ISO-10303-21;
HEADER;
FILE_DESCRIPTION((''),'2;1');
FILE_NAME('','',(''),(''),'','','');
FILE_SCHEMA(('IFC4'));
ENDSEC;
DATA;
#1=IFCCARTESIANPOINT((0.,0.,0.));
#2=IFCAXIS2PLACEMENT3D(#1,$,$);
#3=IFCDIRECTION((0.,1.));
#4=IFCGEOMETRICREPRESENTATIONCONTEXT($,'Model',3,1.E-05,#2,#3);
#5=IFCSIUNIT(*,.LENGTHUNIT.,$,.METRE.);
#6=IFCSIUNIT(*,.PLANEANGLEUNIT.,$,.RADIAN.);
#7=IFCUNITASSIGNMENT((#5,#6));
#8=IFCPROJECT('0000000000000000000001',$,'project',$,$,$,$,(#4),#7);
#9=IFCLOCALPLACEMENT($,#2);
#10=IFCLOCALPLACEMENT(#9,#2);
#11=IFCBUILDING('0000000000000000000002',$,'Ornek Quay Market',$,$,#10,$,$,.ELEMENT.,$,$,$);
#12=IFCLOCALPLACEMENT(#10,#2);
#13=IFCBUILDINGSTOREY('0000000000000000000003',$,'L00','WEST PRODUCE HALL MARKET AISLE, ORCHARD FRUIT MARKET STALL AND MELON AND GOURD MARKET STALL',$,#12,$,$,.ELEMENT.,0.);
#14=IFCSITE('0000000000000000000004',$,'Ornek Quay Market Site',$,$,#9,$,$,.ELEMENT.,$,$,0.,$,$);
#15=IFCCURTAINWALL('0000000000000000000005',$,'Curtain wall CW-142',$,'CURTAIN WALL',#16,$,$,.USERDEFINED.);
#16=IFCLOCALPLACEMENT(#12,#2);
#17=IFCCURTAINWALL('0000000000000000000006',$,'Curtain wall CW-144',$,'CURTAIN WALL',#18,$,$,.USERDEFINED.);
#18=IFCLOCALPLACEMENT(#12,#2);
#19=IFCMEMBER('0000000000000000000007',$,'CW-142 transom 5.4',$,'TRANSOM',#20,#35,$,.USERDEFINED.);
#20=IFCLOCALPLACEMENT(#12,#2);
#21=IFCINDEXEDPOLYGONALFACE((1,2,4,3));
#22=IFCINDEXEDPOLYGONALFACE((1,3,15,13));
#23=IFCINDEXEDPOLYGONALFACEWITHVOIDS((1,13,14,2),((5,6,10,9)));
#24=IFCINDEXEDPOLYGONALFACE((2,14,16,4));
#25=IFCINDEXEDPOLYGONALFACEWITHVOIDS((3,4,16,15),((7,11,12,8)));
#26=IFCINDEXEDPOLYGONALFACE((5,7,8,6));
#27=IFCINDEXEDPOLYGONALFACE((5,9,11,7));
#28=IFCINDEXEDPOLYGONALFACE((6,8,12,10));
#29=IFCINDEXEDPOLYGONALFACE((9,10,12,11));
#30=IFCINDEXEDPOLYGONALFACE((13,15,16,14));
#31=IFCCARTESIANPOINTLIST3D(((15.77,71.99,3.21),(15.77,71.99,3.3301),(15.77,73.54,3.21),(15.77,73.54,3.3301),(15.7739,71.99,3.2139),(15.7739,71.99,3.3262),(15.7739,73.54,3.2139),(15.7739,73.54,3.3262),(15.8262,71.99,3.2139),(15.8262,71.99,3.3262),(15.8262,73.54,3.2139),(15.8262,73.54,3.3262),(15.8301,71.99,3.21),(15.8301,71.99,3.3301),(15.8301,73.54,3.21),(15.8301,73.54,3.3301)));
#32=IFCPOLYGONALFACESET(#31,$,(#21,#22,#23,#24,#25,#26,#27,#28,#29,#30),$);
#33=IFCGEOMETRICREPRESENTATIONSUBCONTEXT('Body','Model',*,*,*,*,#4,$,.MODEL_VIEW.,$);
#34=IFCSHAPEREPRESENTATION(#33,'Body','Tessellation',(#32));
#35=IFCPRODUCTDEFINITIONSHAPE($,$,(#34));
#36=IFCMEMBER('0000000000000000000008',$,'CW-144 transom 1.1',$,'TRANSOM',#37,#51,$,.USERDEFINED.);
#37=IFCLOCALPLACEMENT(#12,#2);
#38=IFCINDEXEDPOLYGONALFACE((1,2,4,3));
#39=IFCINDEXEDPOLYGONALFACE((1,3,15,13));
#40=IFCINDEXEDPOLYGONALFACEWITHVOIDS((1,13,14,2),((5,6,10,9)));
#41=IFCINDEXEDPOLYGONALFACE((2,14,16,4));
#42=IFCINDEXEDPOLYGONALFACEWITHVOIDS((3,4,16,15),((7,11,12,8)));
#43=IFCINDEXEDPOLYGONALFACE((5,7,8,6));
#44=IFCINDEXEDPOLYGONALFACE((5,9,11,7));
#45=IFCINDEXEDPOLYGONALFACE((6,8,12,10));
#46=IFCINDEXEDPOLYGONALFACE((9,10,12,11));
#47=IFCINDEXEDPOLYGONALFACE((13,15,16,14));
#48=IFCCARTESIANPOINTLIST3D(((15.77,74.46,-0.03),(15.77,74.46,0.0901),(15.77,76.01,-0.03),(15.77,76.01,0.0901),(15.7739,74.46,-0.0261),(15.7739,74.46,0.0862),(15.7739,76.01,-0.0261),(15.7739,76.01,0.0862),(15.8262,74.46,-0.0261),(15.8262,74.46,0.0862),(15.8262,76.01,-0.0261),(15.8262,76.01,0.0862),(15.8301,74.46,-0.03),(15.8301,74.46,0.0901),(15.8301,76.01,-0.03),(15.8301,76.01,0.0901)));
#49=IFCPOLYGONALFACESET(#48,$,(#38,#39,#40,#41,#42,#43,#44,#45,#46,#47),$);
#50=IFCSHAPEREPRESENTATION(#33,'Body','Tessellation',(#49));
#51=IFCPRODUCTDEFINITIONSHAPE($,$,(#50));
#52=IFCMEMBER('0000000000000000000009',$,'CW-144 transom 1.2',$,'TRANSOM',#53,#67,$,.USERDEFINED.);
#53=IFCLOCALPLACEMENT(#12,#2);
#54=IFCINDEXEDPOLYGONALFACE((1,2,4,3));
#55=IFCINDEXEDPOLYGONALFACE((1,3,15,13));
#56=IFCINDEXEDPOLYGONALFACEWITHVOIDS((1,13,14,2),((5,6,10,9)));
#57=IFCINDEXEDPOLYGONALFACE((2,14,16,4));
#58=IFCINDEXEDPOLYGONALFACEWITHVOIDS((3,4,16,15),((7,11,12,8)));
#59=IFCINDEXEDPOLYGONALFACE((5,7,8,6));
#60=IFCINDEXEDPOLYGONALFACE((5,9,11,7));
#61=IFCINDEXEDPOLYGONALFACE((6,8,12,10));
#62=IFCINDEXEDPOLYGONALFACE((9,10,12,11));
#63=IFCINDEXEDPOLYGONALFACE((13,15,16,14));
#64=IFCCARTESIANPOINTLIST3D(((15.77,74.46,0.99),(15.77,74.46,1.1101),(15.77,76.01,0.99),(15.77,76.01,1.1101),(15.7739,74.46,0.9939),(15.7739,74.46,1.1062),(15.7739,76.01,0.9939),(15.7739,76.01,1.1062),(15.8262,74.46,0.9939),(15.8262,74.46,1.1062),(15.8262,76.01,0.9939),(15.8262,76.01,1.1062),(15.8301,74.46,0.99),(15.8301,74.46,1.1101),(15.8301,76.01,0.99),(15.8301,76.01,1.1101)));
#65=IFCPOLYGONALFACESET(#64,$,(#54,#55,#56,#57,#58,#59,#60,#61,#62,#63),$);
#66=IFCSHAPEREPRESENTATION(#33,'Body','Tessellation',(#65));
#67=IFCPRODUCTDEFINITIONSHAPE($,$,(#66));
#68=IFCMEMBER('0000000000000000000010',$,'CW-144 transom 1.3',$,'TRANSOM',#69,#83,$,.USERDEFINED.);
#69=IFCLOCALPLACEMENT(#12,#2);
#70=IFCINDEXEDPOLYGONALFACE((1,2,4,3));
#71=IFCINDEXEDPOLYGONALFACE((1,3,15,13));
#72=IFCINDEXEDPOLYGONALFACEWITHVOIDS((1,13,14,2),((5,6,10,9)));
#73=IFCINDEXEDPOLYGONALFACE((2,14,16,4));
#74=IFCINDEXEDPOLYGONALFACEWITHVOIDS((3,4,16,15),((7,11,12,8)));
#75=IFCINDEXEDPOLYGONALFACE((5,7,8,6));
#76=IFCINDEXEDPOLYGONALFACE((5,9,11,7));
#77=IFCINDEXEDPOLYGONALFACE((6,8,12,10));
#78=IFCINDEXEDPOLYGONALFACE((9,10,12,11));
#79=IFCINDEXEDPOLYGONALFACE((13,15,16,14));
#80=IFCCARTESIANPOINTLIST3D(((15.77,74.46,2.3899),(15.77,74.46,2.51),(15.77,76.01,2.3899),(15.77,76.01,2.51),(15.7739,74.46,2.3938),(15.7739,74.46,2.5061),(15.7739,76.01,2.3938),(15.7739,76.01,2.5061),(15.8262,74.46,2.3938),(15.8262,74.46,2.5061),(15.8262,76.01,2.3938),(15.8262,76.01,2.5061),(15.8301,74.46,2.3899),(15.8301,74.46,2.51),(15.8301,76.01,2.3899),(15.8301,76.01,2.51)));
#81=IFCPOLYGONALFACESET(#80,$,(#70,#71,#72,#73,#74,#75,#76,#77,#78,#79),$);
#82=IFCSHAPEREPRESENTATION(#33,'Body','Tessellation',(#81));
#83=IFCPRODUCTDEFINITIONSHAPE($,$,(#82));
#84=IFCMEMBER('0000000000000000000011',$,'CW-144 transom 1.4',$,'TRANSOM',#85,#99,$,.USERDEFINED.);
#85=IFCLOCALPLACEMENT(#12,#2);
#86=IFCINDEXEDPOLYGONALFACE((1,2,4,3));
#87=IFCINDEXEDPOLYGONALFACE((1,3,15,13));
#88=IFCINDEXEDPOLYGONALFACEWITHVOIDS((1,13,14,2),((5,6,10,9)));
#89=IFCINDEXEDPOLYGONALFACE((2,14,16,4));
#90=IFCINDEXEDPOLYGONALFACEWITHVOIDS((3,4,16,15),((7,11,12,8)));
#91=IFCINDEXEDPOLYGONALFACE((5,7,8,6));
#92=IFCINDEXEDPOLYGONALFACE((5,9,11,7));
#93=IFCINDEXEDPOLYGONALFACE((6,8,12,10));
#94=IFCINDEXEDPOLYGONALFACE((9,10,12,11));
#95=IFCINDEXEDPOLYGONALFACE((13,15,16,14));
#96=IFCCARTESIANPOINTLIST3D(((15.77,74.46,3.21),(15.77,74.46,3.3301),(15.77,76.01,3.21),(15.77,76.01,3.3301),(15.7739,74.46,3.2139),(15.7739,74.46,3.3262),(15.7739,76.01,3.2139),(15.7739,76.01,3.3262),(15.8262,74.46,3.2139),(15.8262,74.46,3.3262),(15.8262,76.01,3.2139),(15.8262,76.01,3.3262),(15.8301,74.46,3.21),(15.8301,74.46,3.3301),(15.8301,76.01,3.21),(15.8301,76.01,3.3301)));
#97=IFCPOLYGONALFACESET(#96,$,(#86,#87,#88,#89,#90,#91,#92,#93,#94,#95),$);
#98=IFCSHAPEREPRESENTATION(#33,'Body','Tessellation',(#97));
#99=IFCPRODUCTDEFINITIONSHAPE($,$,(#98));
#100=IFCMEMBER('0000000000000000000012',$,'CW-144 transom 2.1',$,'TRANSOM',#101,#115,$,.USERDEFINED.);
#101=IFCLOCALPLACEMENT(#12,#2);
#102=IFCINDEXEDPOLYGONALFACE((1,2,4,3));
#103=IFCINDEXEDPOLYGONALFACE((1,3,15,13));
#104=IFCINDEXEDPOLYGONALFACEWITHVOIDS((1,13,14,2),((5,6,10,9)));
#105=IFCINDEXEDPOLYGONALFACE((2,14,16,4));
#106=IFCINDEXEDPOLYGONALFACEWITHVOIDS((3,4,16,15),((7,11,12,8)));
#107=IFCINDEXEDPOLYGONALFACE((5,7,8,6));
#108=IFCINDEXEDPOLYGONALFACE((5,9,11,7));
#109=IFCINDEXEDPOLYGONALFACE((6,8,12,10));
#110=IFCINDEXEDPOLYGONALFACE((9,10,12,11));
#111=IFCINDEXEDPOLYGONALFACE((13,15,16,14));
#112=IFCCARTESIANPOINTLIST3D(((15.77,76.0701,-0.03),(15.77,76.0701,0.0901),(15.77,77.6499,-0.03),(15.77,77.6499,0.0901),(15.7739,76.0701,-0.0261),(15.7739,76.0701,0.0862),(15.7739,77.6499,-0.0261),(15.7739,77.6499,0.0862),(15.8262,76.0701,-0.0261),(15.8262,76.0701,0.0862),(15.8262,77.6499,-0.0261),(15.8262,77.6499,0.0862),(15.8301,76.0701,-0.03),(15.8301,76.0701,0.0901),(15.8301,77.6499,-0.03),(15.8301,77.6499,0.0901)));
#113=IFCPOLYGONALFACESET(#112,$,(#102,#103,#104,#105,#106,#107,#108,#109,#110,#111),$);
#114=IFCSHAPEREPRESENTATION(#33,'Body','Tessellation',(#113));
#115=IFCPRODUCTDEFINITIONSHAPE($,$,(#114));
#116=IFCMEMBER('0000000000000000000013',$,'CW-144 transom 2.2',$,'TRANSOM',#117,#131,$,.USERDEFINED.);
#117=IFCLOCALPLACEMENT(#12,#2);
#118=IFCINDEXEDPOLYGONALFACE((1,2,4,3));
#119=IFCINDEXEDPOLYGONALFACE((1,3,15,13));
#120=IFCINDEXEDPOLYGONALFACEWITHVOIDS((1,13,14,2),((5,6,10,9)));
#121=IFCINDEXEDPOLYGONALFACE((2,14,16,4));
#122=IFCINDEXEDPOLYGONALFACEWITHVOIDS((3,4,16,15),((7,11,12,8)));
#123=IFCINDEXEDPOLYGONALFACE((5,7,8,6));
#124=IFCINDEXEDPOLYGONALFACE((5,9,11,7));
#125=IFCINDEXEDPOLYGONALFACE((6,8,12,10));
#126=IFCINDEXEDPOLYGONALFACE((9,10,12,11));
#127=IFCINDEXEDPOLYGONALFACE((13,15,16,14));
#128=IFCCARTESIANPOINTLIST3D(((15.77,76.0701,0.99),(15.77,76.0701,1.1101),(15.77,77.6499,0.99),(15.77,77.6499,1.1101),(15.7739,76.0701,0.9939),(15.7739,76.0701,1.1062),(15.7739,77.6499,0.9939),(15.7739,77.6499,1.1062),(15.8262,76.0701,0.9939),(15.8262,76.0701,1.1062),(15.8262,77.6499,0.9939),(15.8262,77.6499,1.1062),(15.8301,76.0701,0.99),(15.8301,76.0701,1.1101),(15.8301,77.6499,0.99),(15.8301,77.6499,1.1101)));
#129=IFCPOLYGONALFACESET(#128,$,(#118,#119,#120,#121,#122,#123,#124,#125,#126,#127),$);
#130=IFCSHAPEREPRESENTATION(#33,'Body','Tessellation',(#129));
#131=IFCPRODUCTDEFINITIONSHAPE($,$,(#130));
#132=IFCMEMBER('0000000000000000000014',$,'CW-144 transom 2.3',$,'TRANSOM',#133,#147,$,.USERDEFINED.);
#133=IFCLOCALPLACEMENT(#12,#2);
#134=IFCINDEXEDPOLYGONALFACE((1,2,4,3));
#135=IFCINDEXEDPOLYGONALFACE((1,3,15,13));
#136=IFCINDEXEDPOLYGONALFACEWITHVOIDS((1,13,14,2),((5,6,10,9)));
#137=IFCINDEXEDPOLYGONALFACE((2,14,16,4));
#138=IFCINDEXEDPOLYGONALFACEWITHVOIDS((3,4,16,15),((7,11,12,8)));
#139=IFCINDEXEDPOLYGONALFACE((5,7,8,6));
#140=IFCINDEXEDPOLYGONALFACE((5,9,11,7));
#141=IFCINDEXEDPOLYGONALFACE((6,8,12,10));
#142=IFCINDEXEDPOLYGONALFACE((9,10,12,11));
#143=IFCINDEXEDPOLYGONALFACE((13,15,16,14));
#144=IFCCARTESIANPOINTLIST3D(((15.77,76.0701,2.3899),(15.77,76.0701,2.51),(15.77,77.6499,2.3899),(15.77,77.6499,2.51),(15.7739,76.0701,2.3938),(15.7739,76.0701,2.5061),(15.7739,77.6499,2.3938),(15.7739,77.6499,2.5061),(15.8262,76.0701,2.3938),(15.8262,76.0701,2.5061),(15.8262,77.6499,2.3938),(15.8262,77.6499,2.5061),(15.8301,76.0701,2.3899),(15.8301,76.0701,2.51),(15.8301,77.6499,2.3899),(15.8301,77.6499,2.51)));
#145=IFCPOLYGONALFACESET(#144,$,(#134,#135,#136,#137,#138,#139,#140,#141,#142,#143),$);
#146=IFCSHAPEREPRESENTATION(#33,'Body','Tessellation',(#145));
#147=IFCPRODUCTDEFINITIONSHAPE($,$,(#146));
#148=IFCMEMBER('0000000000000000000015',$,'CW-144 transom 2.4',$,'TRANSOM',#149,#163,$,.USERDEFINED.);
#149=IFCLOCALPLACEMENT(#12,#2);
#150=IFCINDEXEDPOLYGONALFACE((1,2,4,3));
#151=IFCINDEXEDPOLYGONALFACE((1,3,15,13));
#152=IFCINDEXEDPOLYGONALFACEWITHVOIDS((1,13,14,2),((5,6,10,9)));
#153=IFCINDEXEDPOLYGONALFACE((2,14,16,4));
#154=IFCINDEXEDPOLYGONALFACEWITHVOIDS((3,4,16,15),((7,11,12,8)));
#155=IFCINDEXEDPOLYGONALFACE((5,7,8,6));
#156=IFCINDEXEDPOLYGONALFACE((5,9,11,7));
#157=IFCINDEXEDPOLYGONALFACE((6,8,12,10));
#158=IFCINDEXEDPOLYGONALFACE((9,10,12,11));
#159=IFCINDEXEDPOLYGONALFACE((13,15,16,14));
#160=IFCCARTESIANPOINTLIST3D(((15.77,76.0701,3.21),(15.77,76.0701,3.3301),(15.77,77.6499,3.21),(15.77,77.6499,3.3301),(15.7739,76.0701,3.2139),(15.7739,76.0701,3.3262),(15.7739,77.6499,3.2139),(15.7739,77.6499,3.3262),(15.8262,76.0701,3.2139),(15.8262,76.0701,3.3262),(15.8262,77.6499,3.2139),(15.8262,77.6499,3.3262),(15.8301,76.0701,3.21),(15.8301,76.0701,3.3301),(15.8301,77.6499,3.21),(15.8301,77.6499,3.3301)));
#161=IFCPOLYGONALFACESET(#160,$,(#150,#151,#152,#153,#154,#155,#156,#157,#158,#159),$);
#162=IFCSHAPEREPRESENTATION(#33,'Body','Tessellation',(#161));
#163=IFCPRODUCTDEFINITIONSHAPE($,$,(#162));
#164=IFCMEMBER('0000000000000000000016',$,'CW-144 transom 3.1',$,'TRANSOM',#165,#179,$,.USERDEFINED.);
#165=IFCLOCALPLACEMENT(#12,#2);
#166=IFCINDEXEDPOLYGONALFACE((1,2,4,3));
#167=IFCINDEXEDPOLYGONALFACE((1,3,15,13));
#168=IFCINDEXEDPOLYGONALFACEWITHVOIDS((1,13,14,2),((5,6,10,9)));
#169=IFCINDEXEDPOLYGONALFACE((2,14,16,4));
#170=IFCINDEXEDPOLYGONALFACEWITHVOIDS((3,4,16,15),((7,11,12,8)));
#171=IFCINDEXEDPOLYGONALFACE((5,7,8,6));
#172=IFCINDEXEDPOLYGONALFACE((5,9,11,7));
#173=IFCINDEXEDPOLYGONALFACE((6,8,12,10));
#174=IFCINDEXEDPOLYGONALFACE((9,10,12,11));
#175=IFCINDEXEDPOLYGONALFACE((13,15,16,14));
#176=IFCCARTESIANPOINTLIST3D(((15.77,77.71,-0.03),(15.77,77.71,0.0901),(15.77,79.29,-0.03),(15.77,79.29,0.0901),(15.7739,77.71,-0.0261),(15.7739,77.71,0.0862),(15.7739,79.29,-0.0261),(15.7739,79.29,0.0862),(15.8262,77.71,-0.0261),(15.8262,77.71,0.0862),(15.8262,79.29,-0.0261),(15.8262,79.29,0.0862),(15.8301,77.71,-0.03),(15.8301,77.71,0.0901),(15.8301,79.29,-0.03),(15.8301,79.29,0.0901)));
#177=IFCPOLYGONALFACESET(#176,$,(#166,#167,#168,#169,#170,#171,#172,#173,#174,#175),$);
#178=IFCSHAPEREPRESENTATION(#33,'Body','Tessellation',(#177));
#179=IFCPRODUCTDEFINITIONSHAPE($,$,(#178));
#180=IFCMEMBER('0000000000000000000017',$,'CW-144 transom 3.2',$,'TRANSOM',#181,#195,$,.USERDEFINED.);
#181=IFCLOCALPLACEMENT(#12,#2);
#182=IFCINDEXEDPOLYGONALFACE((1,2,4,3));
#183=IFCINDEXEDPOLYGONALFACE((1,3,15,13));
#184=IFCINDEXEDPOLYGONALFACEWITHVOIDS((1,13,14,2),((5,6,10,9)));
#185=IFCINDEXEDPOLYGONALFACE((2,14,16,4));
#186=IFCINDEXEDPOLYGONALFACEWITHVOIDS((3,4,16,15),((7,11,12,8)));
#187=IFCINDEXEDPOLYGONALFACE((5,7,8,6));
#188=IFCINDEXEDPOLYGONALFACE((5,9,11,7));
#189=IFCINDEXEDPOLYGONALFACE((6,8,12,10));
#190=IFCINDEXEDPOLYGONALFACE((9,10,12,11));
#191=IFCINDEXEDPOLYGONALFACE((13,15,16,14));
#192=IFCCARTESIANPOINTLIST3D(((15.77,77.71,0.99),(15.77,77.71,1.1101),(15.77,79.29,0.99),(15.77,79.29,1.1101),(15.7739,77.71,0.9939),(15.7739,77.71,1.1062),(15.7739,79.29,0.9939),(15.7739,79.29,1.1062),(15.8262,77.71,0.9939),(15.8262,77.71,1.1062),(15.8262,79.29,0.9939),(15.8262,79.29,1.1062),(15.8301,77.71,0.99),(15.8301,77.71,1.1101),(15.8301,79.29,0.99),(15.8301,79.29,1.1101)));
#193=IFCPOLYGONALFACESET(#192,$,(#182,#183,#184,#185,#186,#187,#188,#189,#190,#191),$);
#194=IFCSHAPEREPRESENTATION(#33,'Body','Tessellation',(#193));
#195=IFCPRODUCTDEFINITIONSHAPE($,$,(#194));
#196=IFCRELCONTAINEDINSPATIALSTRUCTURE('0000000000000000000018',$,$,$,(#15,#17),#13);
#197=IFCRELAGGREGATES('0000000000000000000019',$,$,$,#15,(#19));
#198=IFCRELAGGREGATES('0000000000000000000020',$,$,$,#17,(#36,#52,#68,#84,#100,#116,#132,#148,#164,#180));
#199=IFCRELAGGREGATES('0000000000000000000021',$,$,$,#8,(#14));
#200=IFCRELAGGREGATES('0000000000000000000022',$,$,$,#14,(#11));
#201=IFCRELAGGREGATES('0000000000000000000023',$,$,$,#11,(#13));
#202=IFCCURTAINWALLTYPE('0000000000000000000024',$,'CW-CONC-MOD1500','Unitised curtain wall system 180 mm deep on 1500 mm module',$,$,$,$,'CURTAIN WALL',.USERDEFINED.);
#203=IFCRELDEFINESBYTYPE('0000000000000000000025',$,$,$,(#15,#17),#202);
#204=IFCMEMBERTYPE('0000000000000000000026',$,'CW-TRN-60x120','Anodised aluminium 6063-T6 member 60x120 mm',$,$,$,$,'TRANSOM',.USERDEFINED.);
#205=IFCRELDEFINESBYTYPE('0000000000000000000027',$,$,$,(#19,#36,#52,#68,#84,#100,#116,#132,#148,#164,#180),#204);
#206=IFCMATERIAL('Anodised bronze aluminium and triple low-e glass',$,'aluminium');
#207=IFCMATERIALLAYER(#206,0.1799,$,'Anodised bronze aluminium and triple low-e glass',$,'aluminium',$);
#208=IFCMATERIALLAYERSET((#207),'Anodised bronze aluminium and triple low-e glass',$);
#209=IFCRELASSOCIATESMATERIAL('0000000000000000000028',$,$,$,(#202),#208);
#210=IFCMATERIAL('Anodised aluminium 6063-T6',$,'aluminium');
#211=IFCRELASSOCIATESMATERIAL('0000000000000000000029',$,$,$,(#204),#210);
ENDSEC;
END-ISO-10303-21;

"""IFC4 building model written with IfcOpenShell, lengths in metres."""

from ifc_helpers import new_model, si_unit, direction, frame, origin, origin_2d, place, context, subcontext, project, spatial, hollow_rectangle, extrude, material, layer, layer_set, material_profile, profile_set, type_object, element, aggregate, save


model = new_model("IFC4")

# Units and contexts
model_context = context("Model", 3, precision=1e-05, world=origin(), true_north=direction((0.0, 1.0)))
body_context = subcontext(model_context, "Body", "Model", "MODEL_VIEW")
ifc_project = project(units=[si_unit("LENGTHUNIT", "METRE"), si_unit("PLANEANGLEUNIT", "RADIAN")], contexts=[model_context])

# Site, building, storey
site_placement = place(None, origin())
site = spatial("IfcSite", under=ifc_project, at=site_placement, Name="Ornek Quay Market Site", CompositionType="ELEMENT", RefElevation=0.0)
building_placement = place(site_placement, origin())
building = spatial("IfcBuilding", under=site, at=building_placement, Name="Ornek Quay Market", CompositionType="ELEMENT")
storey_placement = place(building_placement, origin())
storey = spatial("IfcBuildingStorey", under=building, at=storey_placement, Name="L00", Description="WEST PRODUCE HALL MARKET AISLE, ORCHARD FRUIT MARKET STALL AND MELON AND GOURD MARKET STALL", CompositionType="ELEMENT", Elevation=0.0)

# Curtain walls
ifc_material_1 = material(Name="Anodised bronze aluminium and triple low-e glass", Category="aluminium")
ifc_layer_1 = layer(ifc_material_1, 0.1799, Name="Anodised bronze aluminium and triple low-e glass", Category="aluminium")
ifc_layer_set_1 = layer_set([ifc_layer_1], Name="Anodised bronze aluminium and triple low-e glass")
curtain_wall_type = type_object("IfcCurtainWallType", Name="CW-CONC-MOD1500", Description="Unitised curtain wall system 180 mm deep on 1500 mm module", ElementType="CURTAIN WALL", PredefinedType="USERDEFINED", material=ifc_layer_set_1)
curtain_wall_1_placement = place(storey_placement, origin())
curtain_wall_1 = element("IfcCurtainWall", 1, at=curtain_wall_1_placement, inside=storey, type_object=curtain_wall_type, Name="Curtain wall CW-142", ObjectType="CURTAIN WALL", PredefinedType="USERDEFINED")
ifc_material_2 = material(Name="Anodised aluminium 6063-T6", Category="aluminium")
curtain_wall_2_placement = place(storey_placement, origin())
curtain_wall_2 = element("IfcCurtainWall", 2, at=curtain_wall_2_placement, inside=storey, type_object=curtain_wall_type, Name="Curtain wall CW-144", ObjectType="CURTAIN WALL", PredefinedType="USERDEFINED")

# Members
ifc_material_profile_1 = material_profile(ifc_material_2, hollow_rectangle(XDim=0.0601, YDim=0.1201, WallThickness=0.0039, at=origin_2d()), Name="CW-TRN-60x120", Category="aluminium")
ifc_profile_set_1 = profile_set([ifc_material_profile_1], Name="Anodised aluminium 6063-T6")
member_type_1 = type_object("IfcMemberType", Name="CW-TRN-60x120", Description="Anodised aluminium 6063-T6 member 60x120 mm", ElementType="TRANSOM", PredefinedType="USERDEFINED", material=ifc_profile_set_1)
member_1_placement = place(storey_placement, frame((15.8, 71.99, 3.27), z_axis=(0.0, 1.0, 0.0), x_axis=(-1.0, 0.0, 0.0)))
member_1 = element("IfcMember", 3, at=member_1_placement, type_object=member_type_1, Name="CW-142 transom 5.4", ObjectType="TRANSOM", PredefinedType="USERDEFINED", context=body_context, shape_type="SweptSolid", body=[
    extrude(hollow_rectangle(XDim=0.0601, YDim=0.1201, WallThickness=0.0039, at=origin_2d()), origin(), (0.0, 0.0, 1.0), 1.55),
])
member_2_placement = place(storey_placement, frame((15.8, 74.46, 0.03), z_axis=(0.0, 1.0, 0.0), x_axis=(-1.0, 0.0, 0.0)))
member_2 = element("IfcMember", 4, at=member_2_placement, type_object=member_type_1, Name="CW-144 transom 1.1", ObjectType="TRANSOM", PredefinedType="USERDEFINED", context=body_context, shape_type="SweptSolid", body=[
    extrude(hollow_rectangle(XDim=0.0601, YDim=0.1201, WallThickness=0.0039, at=origin_2d()), origin(), (0.0, 0.0, 1.0), 1.55),
])
member_3_placement = place(storey_placement, frame((15.8, 74.46, 1.05), z_axis=(0.0, 1.0, 0.0), x_axis=(-1.0, 0.0, 0.0)))
member_3 = element("IfcMember", 5, at=member_3_placement, type_object=member_type_1, Name="CW-144 transom 1.2", ObjectType="TRANSOM", PredefinedType="USERDEFINED", context=body_context, shape_type="SweptSolid", body=[
    extrude(hollow_rectangle(XDim=0.0601, YDim=0.1201, WallThickness=0.0039, at=origin_2d()), origin(), (0.0, 0.0, 1.0), 1.55),
])
member_4_placement = place(storey_placement, frame((15.8, 74.46, 2.45), z_axis=(0.0, 1.0, 0.0), x_axis=(-1.0, 0.0, 0.0)))
member_4 = element("IfcMember", 6, at=member_4_placement, type_object=member_type_1, Name="CW-144 transom 1.3", ObjectType="TRANSOM", PredefinedType="USERDEFINED", context=body_context, shape_type="SweptSolid", body=[
    extrude(hollow_rectangle(XDim=0.0601, YDim=0.1201, WallThickness=0.0039, at=origin_2d()), origin(), (0.0, 0.0, 1.0), 1.55),
])
member_5_placement = place(storey_placement, frame((15.8, 74.46, 3.27), z_axis=(0.0, 1.0, 0.0), x_axis=(-1.0, 0.0, 0.0)))
member_5 = element("IfcMember", 7, at=member_5_placement, type_object=member_type_1, Name="CW-144 transom 1.4", ObjectType="TRANSOM", PredefinedType="USERDEFINED", context=body_context, shape_type="SweptSolid", body=[
    extrude(hollow_rectangle(XDim=0.0601, YDim=0.1201, WallThickness=0.0039, at=origin_2d()), origin(), (0.0, 0.0, 1.0), 1.55),
])
member_6_placement = place(storey_placement, frame((15.8, 76.0701, 0.03), z_axis=(0.0, 1.0, 0.0), x_axis=(-1.0, 0.0, 0.0)))
member_6 = element("IfcMember", 8, at=member_6_placement, type_object=member_type_1, Name="CW-144 transom 2.1", ObjectType="TRANSOM", PredefinedType="USERDEFINED", context=body_context, shape_type="SweptSolid", body=[
    extrude(hollow_rectangle(XDim=0.0601, YDim=0.1201, WallThickness=0.0039, at=origin_2d()), origin(), (0.0, 0.0, 1.0), 1.5798),
])
member_7_placement = place(storey_placement, frame((15.8, 76.0701, 1.05), z_axis=(0.0, 1.0, 0.0), x_axis=(-1.0, 0.0, 0.0)))
member_7 = element("IfcMember", 9, at=member_7_placement, type_object=member_type_1, Name="CW-144 transom 2.2", ObjectType="TRANSOM", PredefinedType="USERDEFINED", context=body_context, shape_type="SweptSolid", body=[
    extrude(hollow_rectangle(XDim=0.0601, YDim=0.1201, WallThickness=0.0039, at=origin_2d()), origin(), (0.0, 0.0, 1.0), 1.5798),
])
member_8_placement = place(storey_placement, frame((15.8, 76.0701, 2.45), z_axis=(0.0, 1.0, 0.0), x_axis=(-1.0, 0.0, 0.0)))
member_8 = element("IfcMember", 10, at=member_8_placement, type_object=member_type_1, Name="CW-144 transom 2.3", ObjectType="TRANSOM", PredefinedType="USERDEFINED", context=body_context, shape_type="SweptSolid", body=[
    extrude(hollow_rectangle(XDim=0.0601, YDim=0.1201, WallThickness=0.0039, at=origin_2d()), origin(), (0.0, 0.0, 1.0), 1.5798),
])
member_9_placement = place(storey_placement, frame((15.8, 76.0701, 3.27), z_axis=(0.0, 1.0, 0.0), x_axis=(-1.0, 0.0, 0.0)))
member_9 = element("IfcMember", 11, at=member_9_placement, type_object=member_type_1, Name="CW-144 transom 2.4", ObjectType="TRANSOM", PredefinedType="USERDEFINED", context=body_context, shape_type="SweptSolid", body=[
    extrude(hollow_rectangle(XDim=0.0601, YDim=0.1201, WallThickness=0.0039, at=origin_2d()), origin(), (0.0, 0.0, 1.0), 1.5798),
])
member_10_placement = place(storey_placement, frame((15.8, 77.71, 0.03), z_axis=(0.0, 1.0, 0.0), x_axis=(-1.0, 0.0, 0.0)))
member_10 = element("IfcMember", 12, at=member_10_placement, type_object=member_type_1, Name="CW-144 transom 3.1", ObjectType="TRANSOM", PredefinedType="USERDEFINED", context=body_context, shape_type="SweptSolid", body=[
    extrude(hollow_rectangle(XDim=0.0601, YDim=0.1201, WallThickness=0.0039, at=origin_2d()), origin(), (0.0, 0.0, 1.0), 1.5801),
])
member_11_placement = place(storey_placement, frame((15.8, 77.71, 1.05), z_axis=(0.0, 1.0, 0.0), x_axis=(-1.0, 0.0, 0.0)))
member_11 = element("IfcMember", 13, at=member_11_placement, type_object=member_type_1, Name="CW-144 transom 3.2", ObjectType="TRANSOM", PredefinedType="USERDEFINED", context=body_context, shape_type="SweptSolid", body=[
    extrude(hollow_rectangle(XDim=0.0601, YDim=0.1201, WallThickness=0.0039, at=origin_2d()), origin(), (0.0, 0.0, 1.0), 1.5801),
])

aggregate(curtain_wall_1, [member_1])
aggregate(curtain_wall_2, [member_2, member_3, member_4, member_5, member_6, member_7, member_8, member_9, member_10, member_11])

save(model, "model.ifc")
